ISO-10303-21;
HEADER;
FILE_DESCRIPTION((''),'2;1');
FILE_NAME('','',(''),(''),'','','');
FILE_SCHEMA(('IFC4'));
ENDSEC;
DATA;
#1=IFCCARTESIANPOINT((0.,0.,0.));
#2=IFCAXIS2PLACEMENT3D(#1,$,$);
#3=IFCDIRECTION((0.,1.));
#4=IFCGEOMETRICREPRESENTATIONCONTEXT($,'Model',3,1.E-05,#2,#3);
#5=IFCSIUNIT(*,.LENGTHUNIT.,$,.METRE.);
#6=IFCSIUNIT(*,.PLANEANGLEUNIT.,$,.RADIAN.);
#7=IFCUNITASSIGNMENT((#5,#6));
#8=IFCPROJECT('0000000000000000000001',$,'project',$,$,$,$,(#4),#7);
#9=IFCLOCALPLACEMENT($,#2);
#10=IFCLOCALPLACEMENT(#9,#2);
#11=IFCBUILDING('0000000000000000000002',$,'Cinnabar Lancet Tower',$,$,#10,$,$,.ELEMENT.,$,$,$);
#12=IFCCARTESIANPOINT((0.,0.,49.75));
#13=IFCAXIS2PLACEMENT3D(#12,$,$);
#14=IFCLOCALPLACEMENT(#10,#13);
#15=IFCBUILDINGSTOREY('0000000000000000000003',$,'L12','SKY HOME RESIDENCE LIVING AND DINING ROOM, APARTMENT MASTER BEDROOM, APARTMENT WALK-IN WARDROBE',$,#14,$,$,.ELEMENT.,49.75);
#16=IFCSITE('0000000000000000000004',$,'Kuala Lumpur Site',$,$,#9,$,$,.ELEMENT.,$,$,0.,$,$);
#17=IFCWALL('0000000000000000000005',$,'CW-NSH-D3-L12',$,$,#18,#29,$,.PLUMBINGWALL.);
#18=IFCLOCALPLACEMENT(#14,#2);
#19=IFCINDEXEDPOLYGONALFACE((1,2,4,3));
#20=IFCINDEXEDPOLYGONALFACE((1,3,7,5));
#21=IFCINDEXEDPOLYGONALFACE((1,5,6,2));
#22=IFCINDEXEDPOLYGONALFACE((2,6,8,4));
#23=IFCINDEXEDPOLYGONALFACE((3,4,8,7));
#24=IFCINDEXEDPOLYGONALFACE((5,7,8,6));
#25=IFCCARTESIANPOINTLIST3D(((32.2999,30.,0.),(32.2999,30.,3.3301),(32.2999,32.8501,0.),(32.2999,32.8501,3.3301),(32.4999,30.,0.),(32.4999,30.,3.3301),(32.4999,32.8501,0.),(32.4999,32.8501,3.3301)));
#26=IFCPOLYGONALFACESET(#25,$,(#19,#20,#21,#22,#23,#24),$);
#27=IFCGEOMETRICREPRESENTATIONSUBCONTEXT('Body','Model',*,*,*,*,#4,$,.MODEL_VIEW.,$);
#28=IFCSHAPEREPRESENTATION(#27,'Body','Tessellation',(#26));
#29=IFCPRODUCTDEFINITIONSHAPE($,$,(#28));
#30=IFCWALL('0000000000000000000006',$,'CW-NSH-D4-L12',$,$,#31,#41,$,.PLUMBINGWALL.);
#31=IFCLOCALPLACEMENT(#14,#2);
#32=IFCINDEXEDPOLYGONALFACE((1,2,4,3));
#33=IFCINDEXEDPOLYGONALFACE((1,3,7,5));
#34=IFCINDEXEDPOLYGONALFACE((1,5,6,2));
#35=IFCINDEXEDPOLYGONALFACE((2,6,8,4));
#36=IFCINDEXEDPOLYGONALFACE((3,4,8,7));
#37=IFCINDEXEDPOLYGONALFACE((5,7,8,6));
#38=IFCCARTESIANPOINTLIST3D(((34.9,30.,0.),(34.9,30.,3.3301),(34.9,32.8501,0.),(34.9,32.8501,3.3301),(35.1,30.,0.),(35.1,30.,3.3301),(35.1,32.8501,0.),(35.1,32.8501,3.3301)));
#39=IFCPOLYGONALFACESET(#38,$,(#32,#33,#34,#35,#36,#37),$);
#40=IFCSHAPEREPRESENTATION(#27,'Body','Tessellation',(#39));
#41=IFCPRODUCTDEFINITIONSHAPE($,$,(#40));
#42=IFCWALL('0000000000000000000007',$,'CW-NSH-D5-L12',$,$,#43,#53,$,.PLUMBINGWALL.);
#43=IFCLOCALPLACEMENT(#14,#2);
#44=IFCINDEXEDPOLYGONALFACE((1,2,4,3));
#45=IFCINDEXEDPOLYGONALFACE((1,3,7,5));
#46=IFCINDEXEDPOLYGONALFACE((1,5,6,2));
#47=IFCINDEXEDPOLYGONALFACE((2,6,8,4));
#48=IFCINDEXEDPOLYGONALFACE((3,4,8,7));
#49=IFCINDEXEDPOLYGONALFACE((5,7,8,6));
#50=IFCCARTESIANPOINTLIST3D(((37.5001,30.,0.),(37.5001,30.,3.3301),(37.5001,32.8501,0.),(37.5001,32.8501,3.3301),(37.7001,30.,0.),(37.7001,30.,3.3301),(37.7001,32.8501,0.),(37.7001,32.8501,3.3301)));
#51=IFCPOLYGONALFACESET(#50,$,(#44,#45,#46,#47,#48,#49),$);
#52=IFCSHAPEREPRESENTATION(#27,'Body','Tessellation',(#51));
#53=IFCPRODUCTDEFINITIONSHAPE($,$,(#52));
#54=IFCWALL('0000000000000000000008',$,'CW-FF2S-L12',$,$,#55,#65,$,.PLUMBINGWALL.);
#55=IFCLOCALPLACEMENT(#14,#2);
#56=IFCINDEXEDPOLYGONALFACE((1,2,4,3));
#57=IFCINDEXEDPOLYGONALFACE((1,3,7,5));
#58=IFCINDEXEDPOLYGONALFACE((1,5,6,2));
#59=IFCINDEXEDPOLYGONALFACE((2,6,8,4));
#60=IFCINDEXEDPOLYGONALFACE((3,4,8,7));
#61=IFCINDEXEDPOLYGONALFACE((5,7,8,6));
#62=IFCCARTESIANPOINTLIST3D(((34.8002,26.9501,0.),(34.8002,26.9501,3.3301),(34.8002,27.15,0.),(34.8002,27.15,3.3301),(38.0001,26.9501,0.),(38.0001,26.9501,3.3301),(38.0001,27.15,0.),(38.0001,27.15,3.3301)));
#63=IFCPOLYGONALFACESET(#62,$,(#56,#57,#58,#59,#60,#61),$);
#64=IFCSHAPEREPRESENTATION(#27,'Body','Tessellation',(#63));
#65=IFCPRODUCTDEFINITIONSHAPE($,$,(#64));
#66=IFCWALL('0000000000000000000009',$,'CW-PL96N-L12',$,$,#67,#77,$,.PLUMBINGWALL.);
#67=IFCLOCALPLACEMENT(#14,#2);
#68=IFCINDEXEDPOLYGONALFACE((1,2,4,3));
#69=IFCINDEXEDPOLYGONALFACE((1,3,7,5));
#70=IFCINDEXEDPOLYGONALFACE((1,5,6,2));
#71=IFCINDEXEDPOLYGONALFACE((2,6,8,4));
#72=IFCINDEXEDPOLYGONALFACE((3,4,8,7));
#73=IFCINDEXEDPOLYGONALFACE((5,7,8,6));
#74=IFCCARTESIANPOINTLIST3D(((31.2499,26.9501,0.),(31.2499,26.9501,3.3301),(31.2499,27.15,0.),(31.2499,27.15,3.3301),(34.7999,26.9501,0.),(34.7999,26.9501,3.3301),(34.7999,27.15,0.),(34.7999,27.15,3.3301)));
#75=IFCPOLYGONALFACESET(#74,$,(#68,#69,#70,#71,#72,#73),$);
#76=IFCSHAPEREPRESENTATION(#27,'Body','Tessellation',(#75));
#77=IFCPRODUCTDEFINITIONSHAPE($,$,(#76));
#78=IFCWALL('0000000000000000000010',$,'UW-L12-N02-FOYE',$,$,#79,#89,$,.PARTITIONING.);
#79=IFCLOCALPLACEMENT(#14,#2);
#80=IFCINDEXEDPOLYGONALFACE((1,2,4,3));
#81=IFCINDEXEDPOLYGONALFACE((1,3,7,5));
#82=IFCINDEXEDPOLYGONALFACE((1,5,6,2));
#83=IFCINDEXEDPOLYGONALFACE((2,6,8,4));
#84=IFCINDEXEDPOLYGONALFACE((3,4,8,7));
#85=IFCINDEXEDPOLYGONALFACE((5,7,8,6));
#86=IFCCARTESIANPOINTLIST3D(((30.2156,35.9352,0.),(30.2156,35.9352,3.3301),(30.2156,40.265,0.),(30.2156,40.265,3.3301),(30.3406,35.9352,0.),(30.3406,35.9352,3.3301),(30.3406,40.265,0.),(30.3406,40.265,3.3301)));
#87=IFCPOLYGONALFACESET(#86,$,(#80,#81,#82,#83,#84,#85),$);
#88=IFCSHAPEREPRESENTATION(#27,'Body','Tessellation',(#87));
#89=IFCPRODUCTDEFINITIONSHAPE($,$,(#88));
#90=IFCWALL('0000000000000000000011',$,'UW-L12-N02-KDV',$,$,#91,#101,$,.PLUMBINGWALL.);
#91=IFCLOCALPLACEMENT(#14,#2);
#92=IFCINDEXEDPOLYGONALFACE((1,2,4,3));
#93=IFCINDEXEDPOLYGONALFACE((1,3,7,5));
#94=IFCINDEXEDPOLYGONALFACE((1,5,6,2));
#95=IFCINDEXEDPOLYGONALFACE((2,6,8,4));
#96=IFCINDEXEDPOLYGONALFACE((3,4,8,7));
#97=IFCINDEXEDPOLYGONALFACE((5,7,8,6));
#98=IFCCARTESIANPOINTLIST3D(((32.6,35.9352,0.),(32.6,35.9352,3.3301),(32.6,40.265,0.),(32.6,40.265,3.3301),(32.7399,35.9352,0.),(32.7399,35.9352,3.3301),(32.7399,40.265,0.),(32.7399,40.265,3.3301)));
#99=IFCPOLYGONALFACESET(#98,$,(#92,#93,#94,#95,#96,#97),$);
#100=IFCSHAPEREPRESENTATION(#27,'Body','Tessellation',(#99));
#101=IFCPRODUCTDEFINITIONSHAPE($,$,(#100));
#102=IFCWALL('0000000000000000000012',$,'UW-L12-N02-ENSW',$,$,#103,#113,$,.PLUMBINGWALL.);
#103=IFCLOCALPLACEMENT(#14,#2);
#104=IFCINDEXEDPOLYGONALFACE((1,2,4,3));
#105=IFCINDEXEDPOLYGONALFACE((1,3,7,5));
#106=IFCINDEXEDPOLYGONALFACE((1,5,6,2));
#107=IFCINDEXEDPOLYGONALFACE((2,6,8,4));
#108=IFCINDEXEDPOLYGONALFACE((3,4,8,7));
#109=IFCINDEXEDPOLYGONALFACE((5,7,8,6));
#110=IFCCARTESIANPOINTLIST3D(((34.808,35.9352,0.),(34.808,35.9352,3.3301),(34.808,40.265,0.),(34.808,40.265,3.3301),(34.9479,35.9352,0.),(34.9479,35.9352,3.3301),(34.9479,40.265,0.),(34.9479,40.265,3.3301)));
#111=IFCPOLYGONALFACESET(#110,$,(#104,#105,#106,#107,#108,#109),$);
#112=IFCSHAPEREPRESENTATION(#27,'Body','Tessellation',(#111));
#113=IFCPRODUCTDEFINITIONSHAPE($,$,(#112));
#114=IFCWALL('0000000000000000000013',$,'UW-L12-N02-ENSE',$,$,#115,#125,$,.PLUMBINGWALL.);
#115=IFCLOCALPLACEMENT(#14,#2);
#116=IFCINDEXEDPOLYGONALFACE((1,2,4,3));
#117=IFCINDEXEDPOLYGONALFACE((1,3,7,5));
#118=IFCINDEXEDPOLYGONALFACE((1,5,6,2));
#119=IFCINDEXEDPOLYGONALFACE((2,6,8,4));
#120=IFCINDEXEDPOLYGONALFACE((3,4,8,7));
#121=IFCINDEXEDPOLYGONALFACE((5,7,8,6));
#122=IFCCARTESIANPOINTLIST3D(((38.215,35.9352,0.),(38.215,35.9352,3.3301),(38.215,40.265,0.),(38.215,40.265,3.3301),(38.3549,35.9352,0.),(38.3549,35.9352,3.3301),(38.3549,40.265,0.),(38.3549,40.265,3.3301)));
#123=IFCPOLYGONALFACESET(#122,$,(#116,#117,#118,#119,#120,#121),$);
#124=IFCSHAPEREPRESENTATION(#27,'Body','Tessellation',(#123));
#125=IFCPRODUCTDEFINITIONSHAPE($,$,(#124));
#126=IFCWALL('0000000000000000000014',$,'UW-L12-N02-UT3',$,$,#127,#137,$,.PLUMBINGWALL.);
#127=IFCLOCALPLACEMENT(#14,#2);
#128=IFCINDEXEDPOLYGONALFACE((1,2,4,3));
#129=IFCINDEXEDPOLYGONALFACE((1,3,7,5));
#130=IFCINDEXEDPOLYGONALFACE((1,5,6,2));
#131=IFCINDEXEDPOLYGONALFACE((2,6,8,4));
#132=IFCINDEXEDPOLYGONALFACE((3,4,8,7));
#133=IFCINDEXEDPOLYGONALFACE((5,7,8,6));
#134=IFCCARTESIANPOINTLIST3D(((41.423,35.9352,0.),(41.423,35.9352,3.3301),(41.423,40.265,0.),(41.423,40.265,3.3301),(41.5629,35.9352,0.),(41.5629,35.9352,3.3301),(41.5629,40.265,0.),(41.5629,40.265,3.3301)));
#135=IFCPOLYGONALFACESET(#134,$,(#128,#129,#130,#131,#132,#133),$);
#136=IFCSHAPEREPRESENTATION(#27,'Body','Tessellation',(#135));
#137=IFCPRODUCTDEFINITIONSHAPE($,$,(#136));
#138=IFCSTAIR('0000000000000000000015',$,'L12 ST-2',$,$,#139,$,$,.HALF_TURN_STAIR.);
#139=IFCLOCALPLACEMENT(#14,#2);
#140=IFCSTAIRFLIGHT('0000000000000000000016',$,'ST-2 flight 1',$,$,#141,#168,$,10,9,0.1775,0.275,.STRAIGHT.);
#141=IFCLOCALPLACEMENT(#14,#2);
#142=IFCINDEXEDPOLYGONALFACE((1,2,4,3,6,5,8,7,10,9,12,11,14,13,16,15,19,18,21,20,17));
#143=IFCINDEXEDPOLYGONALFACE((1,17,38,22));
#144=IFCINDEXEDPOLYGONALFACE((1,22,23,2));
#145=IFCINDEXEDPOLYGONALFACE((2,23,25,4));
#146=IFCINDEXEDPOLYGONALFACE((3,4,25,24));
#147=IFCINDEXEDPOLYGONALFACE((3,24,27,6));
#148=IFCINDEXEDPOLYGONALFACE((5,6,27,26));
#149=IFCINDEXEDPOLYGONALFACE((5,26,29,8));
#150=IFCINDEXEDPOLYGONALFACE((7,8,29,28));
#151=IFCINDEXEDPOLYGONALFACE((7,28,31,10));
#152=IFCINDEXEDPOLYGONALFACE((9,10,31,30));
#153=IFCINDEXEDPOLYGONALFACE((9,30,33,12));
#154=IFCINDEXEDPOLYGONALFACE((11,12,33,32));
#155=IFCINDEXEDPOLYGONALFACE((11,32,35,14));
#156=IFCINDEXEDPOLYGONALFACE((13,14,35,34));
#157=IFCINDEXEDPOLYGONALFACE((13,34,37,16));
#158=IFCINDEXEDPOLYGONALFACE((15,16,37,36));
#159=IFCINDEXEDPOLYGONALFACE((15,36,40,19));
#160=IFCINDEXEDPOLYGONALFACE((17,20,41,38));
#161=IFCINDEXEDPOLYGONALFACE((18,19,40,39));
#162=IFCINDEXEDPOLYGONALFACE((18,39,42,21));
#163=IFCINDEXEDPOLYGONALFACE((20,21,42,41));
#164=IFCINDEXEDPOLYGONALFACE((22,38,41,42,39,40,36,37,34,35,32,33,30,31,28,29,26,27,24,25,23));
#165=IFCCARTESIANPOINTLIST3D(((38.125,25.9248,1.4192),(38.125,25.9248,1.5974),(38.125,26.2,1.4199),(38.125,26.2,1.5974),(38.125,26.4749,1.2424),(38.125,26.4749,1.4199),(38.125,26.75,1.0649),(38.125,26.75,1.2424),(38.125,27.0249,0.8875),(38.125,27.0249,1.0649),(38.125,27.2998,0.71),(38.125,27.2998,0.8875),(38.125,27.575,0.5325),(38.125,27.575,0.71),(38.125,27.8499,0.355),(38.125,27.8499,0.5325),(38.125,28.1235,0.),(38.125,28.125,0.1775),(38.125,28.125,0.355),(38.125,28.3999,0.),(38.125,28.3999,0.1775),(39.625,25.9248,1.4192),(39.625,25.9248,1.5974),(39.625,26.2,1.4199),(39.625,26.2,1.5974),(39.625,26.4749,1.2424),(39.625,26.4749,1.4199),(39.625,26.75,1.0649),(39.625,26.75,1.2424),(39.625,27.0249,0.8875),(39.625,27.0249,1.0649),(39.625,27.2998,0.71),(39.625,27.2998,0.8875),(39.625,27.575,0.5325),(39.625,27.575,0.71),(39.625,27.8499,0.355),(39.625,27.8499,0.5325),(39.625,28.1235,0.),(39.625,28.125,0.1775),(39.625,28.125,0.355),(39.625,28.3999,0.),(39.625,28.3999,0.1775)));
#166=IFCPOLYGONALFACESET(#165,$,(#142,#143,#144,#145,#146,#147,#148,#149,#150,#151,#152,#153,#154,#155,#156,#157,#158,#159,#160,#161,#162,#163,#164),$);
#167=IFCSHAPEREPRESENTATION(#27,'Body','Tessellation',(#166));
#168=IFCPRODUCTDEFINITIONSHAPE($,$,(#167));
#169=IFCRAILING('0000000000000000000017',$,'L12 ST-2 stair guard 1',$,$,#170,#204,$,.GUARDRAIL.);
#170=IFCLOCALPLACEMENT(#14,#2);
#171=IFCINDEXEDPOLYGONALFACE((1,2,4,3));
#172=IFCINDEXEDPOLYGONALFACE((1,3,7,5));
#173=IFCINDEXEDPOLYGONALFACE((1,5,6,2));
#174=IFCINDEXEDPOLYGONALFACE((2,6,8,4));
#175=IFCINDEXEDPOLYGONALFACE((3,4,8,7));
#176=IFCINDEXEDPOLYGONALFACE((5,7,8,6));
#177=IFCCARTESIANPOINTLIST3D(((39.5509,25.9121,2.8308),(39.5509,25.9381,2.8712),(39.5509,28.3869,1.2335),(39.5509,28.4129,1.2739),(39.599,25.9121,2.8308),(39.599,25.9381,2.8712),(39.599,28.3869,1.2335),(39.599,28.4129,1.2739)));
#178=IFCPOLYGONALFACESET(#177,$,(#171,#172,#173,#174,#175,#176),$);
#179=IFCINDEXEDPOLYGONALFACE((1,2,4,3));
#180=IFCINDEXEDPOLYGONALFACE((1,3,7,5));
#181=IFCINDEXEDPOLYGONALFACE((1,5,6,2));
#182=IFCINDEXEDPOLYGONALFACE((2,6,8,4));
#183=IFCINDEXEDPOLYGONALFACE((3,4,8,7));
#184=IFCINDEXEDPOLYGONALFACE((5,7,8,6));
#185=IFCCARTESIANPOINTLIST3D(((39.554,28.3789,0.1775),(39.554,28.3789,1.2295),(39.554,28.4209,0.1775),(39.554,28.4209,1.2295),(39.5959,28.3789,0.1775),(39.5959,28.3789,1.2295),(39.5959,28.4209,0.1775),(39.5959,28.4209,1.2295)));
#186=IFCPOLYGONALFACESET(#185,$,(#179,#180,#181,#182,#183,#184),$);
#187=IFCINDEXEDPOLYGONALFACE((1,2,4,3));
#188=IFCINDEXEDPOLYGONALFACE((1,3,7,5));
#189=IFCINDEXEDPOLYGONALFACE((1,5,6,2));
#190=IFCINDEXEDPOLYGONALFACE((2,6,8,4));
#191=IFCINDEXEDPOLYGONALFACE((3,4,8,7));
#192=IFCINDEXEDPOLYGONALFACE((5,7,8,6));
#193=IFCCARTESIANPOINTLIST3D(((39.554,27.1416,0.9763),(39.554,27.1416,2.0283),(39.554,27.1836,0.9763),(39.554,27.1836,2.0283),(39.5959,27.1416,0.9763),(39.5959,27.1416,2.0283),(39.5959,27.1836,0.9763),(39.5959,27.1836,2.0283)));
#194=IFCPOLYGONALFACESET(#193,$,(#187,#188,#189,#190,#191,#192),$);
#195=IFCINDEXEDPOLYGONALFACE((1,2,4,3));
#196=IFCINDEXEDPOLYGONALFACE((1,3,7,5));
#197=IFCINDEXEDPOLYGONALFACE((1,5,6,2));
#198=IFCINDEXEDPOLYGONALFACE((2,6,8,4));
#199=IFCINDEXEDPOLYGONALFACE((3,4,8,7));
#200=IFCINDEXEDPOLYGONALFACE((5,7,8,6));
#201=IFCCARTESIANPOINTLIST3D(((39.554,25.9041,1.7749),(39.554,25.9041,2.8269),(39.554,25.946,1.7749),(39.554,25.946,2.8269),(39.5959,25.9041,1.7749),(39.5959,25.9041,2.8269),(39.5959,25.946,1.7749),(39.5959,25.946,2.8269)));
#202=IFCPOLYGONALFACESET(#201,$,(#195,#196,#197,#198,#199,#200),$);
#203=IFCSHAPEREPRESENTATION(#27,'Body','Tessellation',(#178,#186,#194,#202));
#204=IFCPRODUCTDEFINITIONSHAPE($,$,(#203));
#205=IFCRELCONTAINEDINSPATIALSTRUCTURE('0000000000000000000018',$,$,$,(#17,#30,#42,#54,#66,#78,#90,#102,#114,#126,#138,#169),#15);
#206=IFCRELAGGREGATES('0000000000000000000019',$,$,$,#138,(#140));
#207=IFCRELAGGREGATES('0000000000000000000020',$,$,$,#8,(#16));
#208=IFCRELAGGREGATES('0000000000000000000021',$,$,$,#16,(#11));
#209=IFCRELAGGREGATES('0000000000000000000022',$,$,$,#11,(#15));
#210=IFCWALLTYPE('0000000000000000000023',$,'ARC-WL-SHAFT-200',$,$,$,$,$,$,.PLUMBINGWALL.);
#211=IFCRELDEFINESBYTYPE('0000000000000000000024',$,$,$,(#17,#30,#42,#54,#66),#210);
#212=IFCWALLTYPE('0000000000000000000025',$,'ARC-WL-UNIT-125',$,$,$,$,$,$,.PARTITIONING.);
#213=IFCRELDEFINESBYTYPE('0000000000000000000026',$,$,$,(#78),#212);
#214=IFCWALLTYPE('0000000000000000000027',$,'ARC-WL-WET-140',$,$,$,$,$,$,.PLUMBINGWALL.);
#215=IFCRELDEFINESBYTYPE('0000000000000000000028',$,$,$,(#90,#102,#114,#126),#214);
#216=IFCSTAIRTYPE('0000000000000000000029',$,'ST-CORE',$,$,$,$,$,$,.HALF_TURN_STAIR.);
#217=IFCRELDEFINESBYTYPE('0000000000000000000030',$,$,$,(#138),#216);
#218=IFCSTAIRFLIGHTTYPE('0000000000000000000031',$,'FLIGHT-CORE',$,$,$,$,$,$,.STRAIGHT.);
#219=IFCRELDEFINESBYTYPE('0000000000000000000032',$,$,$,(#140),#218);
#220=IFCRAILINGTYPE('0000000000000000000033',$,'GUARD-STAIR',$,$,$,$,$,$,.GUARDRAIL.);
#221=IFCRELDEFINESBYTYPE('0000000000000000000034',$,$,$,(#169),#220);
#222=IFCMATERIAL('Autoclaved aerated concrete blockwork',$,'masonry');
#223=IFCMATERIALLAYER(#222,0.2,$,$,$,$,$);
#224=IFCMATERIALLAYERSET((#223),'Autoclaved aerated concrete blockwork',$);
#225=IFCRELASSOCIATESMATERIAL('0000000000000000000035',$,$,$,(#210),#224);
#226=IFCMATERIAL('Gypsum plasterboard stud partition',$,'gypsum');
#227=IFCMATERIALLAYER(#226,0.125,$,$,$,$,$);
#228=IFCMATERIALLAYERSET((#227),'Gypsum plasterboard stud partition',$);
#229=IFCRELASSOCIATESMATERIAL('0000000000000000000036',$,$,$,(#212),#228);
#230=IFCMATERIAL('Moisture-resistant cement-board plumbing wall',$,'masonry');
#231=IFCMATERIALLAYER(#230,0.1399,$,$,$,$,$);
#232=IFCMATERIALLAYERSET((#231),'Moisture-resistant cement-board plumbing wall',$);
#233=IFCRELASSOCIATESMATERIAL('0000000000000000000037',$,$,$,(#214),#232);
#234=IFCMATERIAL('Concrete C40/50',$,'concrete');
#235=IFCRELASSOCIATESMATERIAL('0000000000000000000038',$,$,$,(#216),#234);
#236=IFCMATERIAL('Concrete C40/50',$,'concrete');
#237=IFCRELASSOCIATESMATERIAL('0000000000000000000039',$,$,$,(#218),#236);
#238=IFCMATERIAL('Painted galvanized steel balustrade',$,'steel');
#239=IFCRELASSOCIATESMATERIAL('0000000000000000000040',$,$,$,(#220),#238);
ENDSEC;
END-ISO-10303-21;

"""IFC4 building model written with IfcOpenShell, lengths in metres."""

from ifc_helpers import new_model, si_unit, direction, frame, frame_2d, origin, origin_2d, place, context, subcontext, project, spatial, polyline, rectangle, outline, extrude, material, layer, layer_set, type_object, element, aggregate, save


model = new_model("IFC4")

# Units and contexts
model_context = context("Model", 3, precision=1e-05, world=origin(), true_north=direction((0.0, 1.0)))
body_context = subcontext(model_context, "Body", "Model", "MODEL_VIEW")
ifc_project = project(units=[si_unit("LENGTHUNIT", "METRE"), si_unit("PLANEANGLEUNIT", "RADIAN")], contexts=[model_context])

# Site, building, storey
site_placement = place(None, origin())
site = spatial("IfcSite", under=ifc_project, at=site_placement, Name="Kuala Lumpur Site", CompositionType="ELEMENT", RefElevation=0.0)
building_placement = place(site_placement, origin())
building = spatial("IfcBuilding", under=site, at=building_placement, Name="Cinnabar Lancet Tower", CompositionType="ELEMENT")
storey_placement = place(building_placement, frame((0.0, 0.0, 49.75)))
storey = spatial("IfcBuildingStorey", under=building, at=storey_placement, Name="L12", Description="SKY HOME RESIDENCE LIVING AND DINING ROOM, APARTMENT MASTER BEDROOM, APARTMENT WALK-IN WARDROBE", CompositionType="ELEMENT", Elevation=49.75)

# Shared definitions
ifc_material_1 = material(Name="Autoclaved aerated concrete blockwork", Category="masonry")
ifc_layer_1 = layer(ifc_material_1, 0.2)
ifc_layer_set_1 = layer_set([ifc_layer_1], Name="Autoclaved aerated concrete blockwork")
wall_type_1 = type_object("IfcWallType", Name="ARC-WL-SHAFT-200", PredefinedType="PLUMBINGWALL", material=ifc_layer_set_1)

# Walls
for number, where, z_axis, x_axis, name in (
    (1, (32.3999, 30.0, 0.0), (0.0, 0.0, 1.0), (0.0, 1.0, 0.0), "CW-NSH-D3-L12"),
    (2, (35.0, 30.0, 0.0), (0.0, 0.0, 1.0), (0.0, 1.0, 0.0), "CW-NSH-D4-L12"),
    (3, (37.6001, 30.0, 0.0), (0.0, 0.0, 1.0), (0.0, 1.0, 0.0), "CW-NSH-D5-L12"),
):
    element("IfcWall", number, at=place(storey_placement, frame(where, z_axis=z_axis, x_axis=x_axis)), inside=storey, type_object=wall_type_1, Name=name, PredefinedType="PLUMBINGWALL", context=body_context, shape_type="SweptSolid", body=[
        extrude(rectangle(XDim=2.8501, YDim=0.2, at=frame_2d((1.425, 0.0))), origin(), (0.0, 0.0, 1.0), 3.3301),
    ])

# Walls
wall_1_placement = place(storey_placement, frame((34.8, 27.05, 0.0), z_axis=(0.0, 0.0, 1.0), x_axis=(1.0, 0.0, 0.0)))
element("IfcWall", 4, at=wall_1_placement, inside=storey, type_object=wall_type_1, Name="CW-FF2S-L12", PredefinedType="PLUMBINGWALL", context=body_context, shape_type="SweptSolid", body=[
    extrude(rectangle(XDim=3.2, YDim=0.2, at=frame_2d((1.6001, 0.0))), origin(), (0.0, 0.0, 1.0), 3.3301),
])
wall_2_placement = place(storey_placement, frame((31.25, 27.05, 0.0), z_axis=(0.0, 0.0, 1.0), x_axis=(1.0, 0.0, 0.0)))
element("IfcWall", 5, at=wall_2_placement, inside=storey, type_object=wall_type_1, Name="CW-PL96N-L12", PredefinedType="PLUMBINGWALL", context=body_context, shape_type="SweptSolid", body=[
    extrude(rectangle(XDim=3.55, YDim=0.2, at=frame_2d((1.7749, 0.0))), origin(), (0.0, 0.0, 1.0), 3.3301),
])
ifc_material_2 = material(Name="Gypsum plasterboard stud partition", Category="gypsum")
ifc_layer_2 = layer(ifc_material_2, 0.125)
ifc_layer_set_2 = layer_set([ifc_layer_2], Name="Gypsum plasterboard stud partition")
wall_type_2 = type_object("IfcWallType", Name="ARC-WL-UNIT-125", PredefinedType="PARTITIONING", material=ifc_layer_set_2)
wall_3_placement = place(storey_placement, frame((30.2781, 35.9351, 0.0), z_axis=(0.0, 0.0, 1.0), x_axis=(0.0, 1.0, 0.0)))
element("IfcWall", 6, at=wall_3_placement, inside=storey, type_object=wall_type_2, Name="UW-L12-N02-FOYE", PredefinedType="PARTITIONING", context=body_context, shape_type="SweptSolid", body=[
    extrude(rectangle(XDim=4.3298, YDim=0.125, at=frame_2d((2.165, 0.0))), origin(), (0.0, 0.0, 1.0), 3.3301),
])
ifc_material_3 = material(Name="Moisture-resistant cement-board plumbing wall", Category="masonry")
ifc_layer_3 = layer(ifc_material_3, 0.1399)
ifc_layer_set_3 = layer_set([ifc_layer_3], Name="Moisture-resistant cement-board plumbing wall")
wall_type_3 = type_object("IfcWallType", Name="ARC-WL-WET-140", PredefinedType="PLUMBINGWALL", material=ifc_layer_set_3)
for number, where, z_axis, x_axis, name in (
    (7, (32.6699, 35.9351, 0.0), (0.0, 0.0, 1.0), (0.0, 1.0, 0.0), "UW-L12-N02-KDV"),
    (8, (34.8779, 35.9351, 0.0), (0.0, 0.0, 1.0), (0.0, 1.0, 0.0), "UW-L12-N02-ENSW"),
    (9, (38.2849, 35.9351, 0.0), (0.0, 0.0, 1.0), (0.0, 1.0, 0.0), "UW-L12-N02-ENSE"),
    (10, (41.4929, 35.9351, 0.0), (0.0, 0.0, 1.0), (0.0, 1.0, 0.0), "UW-L12-N02-UT3"),
):
    element("IfcWall", number, at=place(storey_placement, frame(where, z_axis=z_axis, x_axis=x_axis)), inside=storey, type_object=wall_type_3, Name=name, PredefinedType="PLUMBINGWALL", context=body_context, shape_type="SweptSolid", body=[
        extrude(rectangle(XDim=4.3298, YDim=0.1399, at=frame_2d((2.165, 0.0))), origin(), (0.0, 0.0, 1.0), 3.3301),
    ])

# Stair, stair flight
ifc_material_4 = material(Name="Concrete C40/50", Category="concrete")
stair_type = type_object("IfcStairType", Name="ST-CORE", PredefinedType="HALF_TURN_STAIR", material=ifc_material_4)
stair_placement = place(storey_placement, origin())
stair = element("IfcStair", 11, at=stair_placement, inside=storey, type_object=stair_type, Name="L12 ST-2", PredefinedType="HALF_TURN_STAIR")
ifc_material_5 = material(Name="Concrete C40/50", Category="concrete")
stair_flight_type = type_object("IfcStairFlightType", Name="FLIGHT-CORE", PredefinedType="STRAIGHT", material=ifc_material_5)
stair_flight_placement = place(storey_placement, frame((38.875, 28.3999, 0.0), z_axis=(0.0, 0.0, 1.0), x_axis=(0.0, -1.0, 0.0)))
stair_flight = element("IfcStairFlight", 12, at=stair_flight_placement, type_object=stair_flight_type, Name="ST-2 flight 1", NumberOfRisers=10, NumberOfTreads=9, PredefinedType="STRAIGHT", RiserHeight=0.1775, TreadLength=0.275, context=body_context, shape_type="SweptSolid", body=[
    extrude(outline(polyline([(0.0, 0.0), (0.0, 0.1775), (0.2749, 0.1775), (0.2749, 0.355), (0.55, 0.355), (0.55, 0.5325), (0.825, 0.5325), (0.825, 0.71), (1.1001, 0.71), (1.1001, 0.8875), (1.375, 0.8875), (1.375, 1.0649), (1.6499, 1.0649), (1.6499, 1.2424), (1.925, 1.2424), (1.925, 1.4199), (2.2, 1.4199), (2.2, 1.5974), (2.4751, 1.5974), (2.4751, 1.7749), (2.4751, 1.4192), (0.2764, 0.0), (0.0, 0.0)])), frame((0.0, 0.75, 0.0), z_axis=(0.0, -1.0, 0.0), x_axis=(1.0, 0.0, 0.0)), (0.0, 0.0, 1.0), 1.5),
])
aggregate(stair, [stair_flight])

# Railing
ifc_material_6 = material(Name="Painted galvanized steel balustrade", Category="steel")
railing_type_1 = type_object("IfcRailingType", Name="GUARD-STAIR", PredefinedType="GUARDRAIL", material=ifc_material_6)
railing_1_placement = place(storey_placement, frame((39.575, 28.3999, 0.1775)))
element("IfcRailing", 13, at=railing_1_placement, inside=storey, type_object=railing_type_1, Name="L12 ST-2 stair guard 1", PredefinedType="GUARDRAIL", context=body_context, shape_type="SweptSolid", body=[
    extrude(rectangle(XDim=0.0481, YDim=0.0481, at=origin_2d()), frame((0.0, 0.0, 1.0762), z_axis=(0.0, -0.840183, 0.542302), x_axis=(1.0, 0.0, 0.0)), (0.0, 0.0, 1.0), 2.9456),
    extrude(rectangle(XDim=0.042, YDim=0.042, at=origin_2d()), origin(), (0.0, 0.0, 1.0), 1.052),
    extrude(rectangle(XDim=0.042, YDim=0.042, at=origin_2d()), frame((0.0, -1.2373, 0.7988)), (0.0, 0.0, 1.0), 1.052),
    extrude(rectangle(XDim=0.042, YDim=0.042, at=origin_2d()), frame((0.0, -2.4749, 1.5974)), (0.0, 0.0, 1.0), 1.052),
])

save(model, "model.ifc")
